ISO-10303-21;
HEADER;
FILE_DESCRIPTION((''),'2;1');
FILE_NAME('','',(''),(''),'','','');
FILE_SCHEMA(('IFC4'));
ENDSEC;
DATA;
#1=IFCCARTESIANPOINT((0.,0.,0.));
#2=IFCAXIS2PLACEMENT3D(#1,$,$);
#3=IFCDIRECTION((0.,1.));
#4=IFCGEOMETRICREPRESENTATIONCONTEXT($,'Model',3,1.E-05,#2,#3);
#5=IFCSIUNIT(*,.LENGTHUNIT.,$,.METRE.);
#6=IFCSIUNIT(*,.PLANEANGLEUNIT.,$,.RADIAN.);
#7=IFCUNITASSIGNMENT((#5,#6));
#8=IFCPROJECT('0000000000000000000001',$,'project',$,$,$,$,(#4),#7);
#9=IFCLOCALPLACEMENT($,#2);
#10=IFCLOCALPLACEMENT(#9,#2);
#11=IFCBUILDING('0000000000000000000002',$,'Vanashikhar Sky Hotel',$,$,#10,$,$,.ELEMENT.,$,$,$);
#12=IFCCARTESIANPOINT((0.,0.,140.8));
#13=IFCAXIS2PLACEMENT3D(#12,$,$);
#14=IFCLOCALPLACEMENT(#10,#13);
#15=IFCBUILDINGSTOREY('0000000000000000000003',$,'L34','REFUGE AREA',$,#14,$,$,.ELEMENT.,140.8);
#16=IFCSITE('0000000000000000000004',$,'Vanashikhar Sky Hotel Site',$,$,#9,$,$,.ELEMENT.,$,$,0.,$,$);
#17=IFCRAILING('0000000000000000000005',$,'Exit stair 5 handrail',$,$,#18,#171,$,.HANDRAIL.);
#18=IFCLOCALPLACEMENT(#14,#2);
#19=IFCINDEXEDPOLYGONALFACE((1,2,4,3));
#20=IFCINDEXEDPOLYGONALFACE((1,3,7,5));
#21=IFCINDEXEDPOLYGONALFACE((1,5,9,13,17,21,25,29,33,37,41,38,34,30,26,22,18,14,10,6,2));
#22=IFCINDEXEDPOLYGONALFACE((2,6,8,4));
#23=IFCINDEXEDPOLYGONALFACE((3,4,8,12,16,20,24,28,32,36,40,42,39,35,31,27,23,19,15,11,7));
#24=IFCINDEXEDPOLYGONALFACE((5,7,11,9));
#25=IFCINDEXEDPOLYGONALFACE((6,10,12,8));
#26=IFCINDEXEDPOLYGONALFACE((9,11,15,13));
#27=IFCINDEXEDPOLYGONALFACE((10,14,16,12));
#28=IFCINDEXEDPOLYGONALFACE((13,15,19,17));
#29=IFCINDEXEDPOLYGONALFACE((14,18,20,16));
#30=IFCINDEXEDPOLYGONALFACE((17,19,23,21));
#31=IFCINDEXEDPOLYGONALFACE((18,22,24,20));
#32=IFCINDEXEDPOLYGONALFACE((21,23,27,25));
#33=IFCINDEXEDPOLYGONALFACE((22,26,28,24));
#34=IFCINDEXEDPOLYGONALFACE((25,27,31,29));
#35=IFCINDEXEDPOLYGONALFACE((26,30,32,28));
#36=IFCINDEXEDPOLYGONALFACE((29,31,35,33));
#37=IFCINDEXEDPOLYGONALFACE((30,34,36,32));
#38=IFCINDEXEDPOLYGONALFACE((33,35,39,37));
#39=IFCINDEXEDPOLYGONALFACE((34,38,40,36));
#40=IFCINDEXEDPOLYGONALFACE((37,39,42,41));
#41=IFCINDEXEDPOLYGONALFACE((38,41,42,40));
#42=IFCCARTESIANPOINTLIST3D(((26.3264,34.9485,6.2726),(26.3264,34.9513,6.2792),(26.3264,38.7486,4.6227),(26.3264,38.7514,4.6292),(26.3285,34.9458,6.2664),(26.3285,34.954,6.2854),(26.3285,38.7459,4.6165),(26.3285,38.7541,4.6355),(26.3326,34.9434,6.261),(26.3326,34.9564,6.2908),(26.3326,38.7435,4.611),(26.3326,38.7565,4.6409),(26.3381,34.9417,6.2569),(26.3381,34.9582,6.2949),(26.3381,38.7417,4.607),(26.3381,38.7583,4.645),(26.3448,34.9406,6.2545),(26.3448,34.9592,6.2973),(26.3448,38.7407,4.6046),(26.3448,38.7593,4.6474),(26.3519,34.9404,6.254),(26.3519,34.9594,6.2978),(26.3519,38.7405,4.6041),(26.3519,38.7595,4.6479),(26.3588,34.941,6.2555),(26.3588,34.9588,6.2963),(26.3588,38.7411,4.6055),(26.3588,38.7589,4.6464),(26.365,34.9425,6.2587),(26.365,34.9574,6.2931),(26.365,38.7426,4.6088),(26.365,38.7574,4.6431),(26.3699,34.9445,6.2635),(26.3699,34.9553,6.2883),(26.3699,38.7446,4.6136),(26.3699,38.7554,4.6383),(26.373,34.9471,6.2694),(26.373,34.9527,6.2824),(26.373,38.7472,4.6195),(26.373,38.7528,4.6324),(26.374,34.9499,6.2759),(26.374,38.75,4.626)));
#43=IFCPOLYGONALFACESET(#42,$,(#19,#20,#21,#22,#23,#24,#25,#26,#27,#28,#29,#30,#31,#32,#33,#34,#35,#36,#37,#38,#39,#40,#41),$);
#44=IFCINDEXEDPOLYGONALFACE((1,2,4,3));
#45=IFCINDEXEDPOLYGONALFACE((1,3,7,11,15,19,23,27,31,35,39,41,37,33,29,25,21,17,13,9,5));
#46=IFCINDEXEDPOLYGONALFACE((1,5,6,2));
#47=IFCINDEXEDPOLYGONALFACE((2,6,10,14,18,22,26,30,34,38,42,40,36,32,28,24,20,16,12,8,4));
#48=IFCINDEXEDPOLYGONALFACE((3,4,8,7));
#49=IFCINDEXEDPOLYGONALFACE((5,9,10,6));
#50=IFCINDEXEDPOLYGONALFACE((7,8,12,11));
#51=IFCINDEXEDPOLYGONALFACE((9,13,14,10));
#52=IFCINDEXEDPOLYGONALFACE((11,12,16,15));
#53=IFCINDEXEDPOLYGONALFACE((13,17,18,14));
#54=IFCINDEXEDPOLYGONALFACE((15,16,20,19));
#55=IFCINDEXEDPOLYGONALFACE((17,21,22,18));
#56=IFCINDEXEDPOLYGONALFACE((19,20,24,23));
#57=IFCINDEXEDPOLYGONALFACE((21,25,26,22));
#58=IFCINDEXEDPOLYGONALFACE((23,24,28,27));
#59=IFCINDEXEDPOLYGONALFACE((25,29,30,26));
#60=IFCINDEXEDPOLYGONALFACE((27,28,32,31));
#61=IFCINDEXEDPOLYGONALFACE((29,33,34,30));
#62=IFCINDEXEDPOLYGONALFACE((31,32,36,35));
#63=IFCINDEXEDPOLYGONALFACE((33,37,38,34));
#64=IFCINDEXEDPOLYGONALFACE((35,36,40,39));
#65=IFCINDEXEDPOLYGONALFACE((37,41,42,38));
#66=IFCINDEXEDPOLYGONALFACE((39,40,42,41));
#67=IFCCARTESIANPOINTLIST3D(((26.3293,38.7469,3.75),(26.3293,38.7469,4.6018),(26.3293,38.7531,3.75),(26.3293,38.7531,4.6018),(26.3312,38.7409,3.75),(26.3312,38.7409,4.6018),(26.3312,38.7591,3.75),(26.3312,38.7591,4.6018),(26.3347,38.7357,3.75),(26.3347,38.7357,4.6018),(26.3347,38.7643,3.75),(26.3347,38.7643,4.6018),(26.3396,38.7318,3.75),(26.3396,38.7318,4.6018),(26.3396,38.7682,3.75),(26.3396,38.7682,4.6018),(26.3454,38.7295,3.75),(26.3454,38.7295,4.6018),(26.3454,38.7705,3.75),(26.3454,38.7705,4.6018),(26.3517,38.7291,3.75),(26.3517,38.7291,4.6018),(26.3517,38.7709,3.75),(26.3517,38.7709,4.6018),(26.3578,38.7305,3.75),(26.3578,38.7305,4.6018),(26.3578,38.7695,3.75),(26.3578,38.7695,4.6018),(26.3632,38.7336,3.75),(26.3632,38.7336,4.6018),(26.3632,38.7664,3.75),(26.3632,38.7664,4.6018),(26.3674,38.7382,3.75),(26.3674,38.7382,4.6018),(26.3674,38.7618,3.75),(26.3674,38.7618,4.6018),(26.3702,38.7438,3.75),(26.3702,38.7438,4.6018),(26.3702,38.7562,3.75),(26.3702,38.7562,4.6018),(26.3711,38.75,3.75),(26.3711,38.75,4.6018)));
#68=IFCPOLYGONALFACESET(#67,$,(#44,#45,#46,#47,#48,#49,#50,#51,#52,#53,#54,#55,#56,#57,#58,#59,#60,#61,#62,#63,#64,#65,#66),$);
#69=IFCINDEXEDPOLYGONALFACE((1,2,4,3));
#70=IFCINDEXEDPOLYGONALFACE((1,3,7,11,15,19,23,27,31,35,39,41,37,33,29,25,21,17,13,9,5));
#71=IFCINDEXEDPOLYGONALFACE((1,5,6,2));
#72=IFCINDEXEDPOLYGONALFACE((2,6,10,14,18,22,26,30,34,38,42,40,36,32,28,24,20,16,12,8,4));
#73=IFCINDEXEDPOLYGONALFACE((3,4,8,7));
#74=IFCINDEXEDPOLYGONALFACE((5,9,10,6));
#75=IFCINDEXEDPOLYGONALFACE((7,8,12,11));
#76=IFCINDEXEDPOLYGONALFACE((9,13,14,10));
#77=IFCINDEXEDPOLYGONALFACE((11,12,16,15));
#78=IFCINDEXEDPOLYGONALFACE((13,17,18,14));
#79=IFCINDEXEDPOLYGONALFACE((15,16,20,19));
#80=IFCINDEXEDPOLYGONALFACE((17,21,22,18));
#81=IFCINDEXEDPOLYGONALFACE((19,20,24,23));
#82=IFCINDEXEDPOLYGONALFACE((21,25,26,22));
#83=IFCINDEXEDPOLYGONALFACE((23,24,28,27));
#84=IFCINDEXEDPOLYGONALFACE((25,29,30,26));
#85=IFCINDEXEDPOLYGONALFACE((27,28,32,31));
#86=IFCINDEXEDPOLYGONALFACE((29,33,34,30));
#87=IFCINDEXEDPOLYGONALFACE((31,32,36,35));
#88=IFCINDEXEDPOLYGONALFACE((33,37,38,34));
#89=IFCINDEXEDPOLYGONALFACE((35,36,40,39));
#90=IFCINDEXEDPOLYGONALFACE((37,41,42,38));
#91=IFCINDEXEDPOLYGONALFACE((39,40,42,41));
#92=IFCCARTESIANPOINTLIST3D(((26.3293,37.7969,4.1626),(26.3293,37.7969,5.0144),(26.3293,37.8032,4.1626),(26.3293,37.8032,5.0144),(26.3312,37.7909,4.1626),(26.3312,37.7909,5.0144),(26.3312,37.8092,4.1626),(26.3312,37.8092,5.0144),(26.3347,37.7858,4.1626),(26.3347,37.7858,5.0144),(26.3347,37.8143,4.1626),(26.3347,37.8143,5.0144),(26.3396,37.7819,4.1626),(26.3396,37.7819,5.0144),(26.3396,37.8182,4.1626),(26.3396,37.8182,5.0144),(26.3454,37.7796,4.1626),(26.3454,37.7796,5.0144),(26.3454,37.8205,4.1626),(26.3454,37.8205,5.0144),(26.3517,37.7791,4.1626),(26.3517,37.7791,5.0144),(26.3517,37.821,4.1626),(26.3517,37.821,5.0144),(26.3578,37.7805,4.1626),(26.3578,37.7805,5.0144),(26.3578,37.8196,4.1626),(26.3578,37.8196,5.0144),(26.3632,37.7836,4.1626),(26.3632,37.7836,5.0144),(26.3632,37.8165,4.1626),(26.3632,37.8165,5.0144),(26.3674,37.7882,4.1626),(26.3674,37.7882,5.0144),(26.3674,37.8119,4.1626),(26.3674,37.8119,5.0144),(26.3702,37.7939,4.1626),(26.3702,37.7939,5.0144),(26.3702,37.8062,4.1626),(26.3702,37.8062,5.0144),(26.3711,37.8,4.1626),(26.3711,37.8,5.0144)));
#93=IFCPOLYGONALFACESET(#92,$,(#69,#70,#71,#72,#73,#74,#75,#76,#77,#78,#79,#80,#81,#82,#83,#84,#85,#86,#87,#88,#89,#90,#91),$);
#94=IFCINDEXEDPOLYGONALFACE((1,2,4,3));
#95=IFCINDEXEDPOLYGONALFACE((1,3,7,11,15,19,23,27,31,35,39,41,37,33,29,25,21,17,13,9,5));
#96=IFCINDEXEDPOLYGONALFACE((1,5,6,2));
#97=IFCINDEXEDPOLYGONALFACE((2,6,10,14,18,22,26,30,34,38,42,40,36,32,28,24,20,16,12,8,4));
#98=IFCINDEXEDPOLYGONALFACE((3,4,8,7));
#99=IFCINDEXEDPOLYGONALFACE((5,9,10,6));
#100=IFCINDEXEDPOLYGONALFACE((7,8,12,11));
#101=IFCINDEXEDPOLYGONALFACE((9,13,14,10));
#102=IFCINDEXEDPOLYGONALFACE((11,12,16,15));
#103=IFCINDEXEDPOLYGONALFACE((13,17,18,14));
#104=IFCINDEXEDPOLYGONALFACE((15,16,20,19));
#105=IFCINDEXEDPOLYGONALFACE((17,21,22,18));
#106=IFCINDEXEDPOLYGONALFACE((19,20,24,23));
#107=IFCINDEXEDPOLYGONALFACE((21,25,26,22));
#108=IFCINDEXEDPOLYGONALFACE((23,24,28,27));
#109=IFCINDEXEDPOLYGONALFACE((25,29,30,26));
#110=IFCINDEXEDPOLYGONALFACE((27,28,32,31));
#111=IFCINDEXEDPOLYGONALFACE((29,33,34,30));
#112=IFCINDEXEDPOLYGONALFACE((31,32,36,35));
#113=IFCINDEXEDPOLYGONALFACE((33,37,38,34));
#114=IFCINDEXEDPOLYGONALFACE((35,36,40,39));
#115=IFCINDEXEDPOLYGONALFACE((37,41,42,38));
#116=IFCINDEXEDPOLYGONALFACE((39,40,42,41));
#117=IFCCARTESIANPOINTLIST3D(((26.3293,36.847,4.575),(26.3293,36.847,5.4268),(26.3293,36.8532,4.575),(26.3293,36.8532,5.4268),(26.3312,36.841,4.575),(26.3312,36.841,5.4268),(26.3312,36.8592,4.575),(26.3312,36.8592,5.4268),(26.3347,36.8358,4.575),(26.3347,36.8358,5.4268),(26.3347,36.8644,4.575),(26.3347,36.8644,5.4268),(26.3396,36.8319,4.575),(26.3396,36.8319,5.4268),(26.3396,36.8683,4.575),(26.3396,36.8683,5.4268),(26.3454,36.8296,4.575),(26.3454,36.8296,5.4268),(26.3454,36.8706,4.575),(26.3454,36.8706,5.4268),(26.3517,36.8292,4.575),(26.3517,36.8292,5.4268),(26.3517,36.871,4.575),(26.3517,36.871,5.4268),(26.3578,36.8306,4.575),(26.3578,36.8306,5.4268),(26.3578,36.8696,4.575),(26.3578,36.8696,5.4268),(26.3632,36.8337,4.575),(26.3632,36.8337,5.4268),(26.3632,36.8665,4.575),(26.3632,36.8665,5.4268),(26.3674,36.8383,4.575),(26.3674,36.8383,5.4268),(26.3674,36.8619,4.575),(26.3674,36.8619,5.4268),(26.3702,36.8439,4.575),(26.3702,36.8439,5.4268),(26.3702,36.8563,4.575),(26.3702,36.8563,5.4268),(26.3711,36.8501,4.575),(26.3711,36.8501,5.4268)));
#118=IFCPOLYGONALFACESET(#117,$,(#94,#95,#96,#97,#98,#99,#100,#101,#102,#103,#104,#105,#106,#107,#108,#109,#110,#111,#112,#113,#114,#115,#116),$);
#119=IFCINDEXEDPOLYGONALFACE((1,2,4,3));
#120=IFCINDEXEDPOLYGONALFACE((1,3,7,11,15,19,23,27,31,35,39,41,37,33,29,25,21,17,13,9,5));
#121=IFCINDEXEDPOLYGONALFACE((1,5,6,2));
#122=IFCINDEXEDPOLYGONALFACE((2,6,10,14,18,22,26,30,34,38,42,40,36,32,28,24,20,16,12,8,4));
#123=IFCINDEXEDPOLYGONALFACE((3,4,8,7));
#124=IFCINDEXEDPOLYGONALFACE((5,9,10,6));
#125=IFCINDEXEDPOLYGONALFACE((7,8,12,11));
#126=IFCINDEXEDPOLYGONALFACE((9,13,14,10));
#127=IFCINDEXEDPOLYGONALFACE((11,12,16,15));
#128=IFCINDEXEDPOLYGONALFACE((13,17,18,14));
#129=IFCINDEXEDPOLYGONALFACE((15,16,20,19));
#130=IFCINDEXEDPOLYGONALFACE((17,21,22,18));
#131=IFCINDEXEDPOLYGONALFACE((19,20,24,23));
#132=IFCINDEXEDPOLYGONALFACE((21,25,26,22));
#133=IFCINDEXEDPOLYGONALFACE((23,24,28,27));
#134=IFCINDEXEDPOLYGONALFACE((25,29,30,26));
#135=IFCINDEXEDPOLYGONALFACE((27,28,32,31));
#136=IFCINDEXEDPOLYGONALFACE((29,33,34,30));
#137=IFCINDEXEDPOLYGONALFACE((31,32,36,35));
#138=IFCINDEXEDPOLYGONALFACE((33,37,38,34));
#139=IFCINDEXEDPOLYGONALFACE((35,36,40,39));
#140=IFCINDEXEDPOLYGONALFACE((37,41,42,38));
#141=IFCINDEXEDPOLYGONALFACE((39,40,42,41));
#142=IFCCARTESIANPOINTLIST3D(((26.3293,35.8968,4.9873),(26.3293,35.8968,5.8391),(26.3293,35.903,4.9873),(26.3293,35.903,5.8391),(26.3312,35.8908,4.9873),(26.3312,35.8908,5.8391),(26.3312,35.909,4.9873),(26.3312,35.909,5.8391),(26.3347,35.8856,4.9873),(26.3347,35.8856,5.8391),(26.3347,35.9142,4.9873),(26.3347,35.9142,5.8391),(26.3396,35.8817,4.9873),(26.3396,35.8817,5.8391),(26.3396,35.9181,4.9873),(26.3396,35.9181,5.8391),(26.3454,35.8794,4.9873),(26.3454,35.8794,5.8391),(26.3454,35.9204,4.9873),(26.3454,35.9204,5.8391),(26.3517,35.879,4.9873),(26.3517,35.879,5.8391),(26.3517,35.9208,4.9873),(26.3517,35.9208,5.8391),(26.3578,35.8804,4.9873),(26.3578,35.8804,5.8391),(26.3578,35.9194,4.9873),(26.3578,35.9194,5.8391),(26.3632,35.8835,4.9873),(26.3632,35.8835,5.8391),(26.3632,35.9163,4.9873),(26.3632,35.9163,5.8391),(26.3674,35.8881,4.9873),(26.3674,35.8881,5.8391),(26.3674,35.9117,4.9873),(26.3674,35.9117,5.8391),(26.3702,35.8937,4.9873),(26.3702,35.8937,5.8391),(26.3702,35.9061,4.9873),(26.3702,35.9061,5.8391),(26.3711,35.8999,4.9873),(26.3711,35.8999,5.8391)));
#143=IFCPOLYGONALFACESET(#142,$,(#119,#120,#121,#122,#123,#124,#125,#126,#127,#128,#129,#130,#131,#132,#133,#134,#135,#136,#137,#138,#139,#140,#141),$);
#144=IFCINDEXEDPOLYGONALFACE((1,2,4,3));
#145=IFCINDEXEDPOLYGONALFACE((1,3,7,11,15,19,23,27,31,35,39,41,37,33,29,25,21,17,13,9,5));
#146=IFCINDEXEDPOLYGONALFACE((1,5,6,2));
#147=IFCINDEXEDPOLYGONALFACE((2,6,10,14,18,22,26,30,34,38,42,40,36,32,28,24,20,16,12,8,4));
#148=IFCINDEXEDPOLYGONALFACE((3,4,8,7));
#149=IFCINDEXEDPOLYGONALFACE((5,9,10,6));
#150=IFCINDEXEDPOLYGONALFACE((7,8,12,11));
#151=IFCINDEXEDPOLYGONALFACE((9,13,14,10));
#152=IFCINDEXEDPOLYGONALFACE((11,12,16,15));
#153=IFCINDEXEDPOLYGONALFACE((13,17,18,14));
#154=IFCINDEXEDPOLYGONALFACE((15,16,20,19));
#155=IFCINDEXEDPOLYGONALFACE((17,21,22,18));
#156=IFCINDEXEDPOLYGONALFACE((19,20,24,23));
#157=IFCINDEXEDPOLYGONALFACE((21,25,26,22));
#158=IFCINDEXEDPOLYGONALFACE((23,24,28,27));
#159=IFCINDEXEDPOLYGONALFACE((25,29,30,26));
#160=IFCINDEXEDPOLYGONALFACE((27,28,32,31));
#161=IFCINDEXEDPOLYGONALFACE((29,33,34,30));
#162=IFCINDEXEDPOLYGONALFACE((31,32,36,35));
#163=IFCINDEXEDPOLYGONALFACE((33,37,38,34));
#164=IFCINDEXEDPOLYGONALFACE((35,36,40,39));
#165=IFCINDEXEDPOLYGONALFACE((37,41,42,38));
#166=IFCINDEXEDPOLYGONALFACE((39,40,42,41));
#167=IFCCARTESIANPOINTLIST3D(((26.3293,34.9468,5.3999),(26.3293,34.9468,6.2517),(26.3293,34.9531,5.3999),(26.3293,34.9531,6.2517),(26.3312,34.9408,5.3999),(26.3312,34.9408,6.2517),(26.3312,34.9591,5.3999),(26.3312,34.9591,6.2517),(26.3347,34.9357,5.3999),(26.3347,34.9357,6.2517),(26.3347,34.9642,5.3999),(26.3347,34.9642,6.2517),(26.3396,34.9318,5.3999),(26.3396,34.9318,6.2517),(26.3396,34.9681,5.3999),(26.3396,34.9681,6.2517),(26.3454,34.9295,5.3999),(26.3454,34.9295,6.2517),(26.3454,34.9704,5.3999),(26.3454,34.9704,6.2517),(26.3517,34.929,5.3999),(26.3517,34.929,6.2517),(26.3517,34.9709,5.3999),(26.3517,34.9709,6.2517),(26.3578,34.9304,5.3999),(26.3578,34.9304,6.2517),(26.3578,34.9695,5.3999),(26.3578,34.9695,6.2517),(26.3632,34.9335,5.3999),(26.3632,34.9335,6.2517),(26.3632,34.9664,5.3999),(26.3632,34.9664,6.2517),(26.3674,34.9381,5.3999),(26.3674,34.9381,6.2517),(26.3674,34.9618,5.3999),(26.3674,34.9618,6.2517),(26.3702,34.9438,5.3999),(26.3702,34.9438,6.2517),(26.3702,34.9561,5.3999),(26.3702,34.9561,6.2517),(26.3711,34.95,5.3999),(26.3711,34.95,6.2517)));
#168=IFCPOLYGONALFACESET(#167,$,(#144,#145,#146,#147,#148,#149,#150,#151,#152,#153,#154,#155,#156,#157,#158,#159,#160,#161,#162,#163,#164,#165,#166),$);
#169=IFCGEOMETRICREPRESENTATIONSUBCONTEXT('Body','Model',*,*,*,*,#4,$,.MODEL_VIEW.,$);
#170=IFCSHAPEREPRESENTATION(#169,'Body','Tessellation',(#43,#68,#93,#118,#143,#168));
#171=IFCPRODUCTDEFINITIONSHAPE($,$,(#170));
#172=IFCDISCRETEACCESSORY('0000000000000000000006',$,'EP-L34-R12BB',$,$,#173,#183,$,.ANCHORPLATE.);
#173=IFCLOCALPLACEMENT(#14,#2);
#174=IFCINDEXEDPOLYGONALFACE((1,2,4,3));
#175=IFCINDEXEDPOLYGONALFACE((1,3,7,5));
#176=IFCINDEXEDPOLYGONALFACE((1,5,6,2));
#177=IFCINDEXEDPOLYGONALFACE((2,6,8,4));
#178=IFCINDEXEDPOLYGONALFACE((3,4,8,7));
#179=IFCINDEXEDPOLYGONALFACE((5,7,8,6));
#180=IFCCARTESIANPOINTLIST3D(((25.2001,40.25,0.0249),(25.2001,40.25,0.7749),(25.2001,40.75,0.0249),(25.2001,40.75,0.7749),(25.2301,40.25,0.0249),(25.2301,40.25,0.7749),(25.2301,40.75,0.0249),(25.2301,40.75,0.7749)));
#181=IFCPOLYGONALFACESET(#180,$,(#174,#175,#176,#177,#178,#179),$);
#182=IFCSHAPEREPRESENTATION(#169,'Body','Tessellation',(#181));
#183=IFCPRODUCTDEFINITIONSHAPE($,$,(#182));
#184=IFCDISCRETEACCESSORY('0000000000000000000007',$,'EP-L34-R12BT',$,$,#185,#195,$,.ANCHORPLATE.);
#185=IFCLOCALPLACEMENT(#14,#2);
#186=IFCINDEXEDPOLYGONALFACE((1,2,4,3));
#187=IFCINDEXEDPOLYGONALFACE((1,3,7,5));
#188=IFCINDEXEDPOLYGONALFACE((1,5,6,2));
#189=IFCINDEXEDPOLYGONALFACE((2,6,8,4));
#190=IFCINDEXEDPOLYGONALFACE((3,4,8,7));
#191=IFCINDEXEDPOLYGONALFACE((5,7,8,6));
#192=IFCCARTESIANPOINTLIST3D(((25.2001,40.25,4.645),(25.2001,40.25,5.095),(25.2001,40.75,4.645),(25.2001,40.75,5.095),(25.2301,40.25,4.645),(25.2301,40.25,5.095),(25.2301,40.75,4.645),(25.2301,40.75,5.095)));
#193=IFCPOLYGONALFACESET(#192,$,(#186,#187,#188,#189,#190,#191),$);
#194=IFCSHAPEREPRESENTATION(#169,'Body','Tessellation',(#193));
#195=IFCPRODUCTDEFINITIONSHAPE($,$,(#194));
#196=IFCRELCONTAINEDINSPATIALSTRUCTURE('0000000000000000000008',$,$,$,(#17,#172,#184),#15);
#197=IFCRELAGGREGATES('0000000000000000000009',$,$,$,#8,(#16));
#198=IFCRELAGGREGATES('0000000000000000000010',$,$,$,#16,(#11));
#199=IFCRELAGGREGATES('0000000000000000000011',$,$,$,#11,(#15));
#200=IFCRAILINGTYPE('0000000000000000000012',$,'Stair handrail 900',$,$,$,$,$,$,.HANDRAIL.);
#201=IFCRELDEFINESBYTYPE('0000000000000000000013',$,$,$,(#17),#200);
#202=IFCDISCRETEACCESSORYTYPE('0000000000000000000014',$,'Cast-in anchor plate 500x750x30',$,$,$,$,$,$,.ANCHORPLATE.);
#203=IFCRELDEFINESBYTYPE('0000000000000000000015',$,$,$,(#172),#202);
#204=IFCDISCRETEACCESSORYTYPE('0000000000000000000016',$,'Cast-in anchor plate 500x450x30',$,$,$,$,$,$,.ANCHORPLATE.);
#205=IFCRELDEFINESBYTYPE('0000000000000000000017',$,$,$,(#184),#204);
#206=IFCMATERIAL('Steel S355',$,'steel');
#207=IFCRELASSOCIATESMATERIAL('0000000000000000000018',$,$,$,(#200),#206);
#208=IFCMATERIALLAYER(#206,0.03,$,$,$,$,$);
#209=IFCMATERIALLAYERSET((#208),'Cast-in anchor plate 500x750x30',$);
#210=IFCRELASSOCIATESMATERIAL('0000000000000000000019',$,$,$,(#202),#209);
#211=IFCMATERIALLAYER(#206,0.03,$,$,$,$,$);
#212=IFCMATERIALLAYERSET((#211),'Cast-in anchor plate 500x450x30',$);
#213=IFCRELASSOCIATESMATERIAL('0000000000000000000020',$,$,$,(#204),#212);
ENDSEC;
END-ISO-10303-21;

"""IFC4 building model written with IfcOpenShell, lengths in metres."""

from ifc_helpers import new_model, si_unit, direction, frame, origin, origin_2d, place, context, subcontext, project, spatial, rectangle, circle, extrude, source, transform, mapped, material, layer, layer_set, type_object, element, save


model = new_model("IFC4")

# Units and contexts
model_context = context("Model", 3, precision=1e-05, world=origin(), true_north=direction((0.0, 1.0)))
body_context = subcontext(model_context, "Body", "Model", "MODEL_VIEW")
ifc_project = project(units=[si_unit("LENGTHUNIT", "METRE"), si_unit("PLANEANGLEUNIT", "RADIAN")], contexts=[model_context])

# Site, building, storey
site_placement = place(None, origin())
site = spatial("IfcSite", under=ifc_project, at=site_placement, Name="Vanashikhar Sky Hotel Site", CompositionType="ELEMENT", RefElevation=0.0)
building_placement = place(site_placement, origin())
building = spatial("IfcBuilding", under=site, at=building_placement, Name="Vanashikhar Sky Hotel", CompositionType="ELEMENT")
storey_placement = place(building_placement, frame((0.0, 0.0, 140.8)))
storey = spatial("IfcBuildingStorey", under=building, at=storey_placement, Name="L34", Description="REFUGE AREA", CompositionType="ELEMENT", Elevation=140.8)

# Shared definitions
ifc_material_1 = material(Name="Steel S355", Category="steel")

# Railing
railing_type = type_object("IfcRailingType", Name="Stair handrail 900", PredefinedType="HANDRAIL", material=ifc_material_1)
shared_shape_1 = source(origin(), body_context, "Body", "SweptSolid", [
    extrude(circle(Radius=0.0239, at=origin_2d()), frame((0.0, 0.0, 0.876), z_axis=(0.0, -0.917272, 0.398261), x_axis=(1.0, 0.0, 0.0)), (0.0, 0.0, 1.0), 4.1428),
    extrude(circle(Radius=0.021, at=origin_2d()), origin(), (0.0, 0.0, 1.0), 0.8518),
    extrude(circle(Radius=0.021, at=origin_2d()), frame((0.0, -0.95, 0.4126)), (0.0, 0.0, 1.0), 0.8518),
    extrude(circle(Radius=0.021, at=origin_2d()), frame((0.0, -1.8999, 0.825)), (0.0, 0.0, 1.0), 0.8518),
    extrude(circle(Radius=0.021, at=origin_2d()), frame((0.0, -2.8501, 1.2373)), (0.0, 0.0, 1.0), 0.8518),
    extrude(circle(Radius=0.021, at=origin_2d()), frame((0.0, -3.8, 1.6499)), (0.0, 0.0, 1.0), 0.8518),
])
railing_1_placement = place(storey_placement, frame((26.3501, 38.75, 3.75)))
element("IfcRailing", 1, at=railing_1_placement, inside=storey, type_object=railing_type, Name="Exit stair 5 handrail", PredefinedType="HANDRAIL", context=body_context, shape_type="MappedRepresentation", body=[
    mapped(shared_shape_1, transform((0.0, 0.0, 0.0), scale=1.0)),
])

# Discrete accessories
ifc_layer_1 = layer(ifc_material_1, 0.03)
ifc_layer_set_1 = layer_set([ifc_layer_1], Name="Cast-in anchor plate 500x750x30")
discrete_accessory_type_1 = type_object("IfcDiscreteAccessoryType", Name="Cast-in anchor plate 500x750x30", PredefinedType="ANCHORPLATE", material=ifc_layer_set_1)
shared_shape_2 = source(origin(), body_context, "Body", "SweptSolid", [
    extrude(rectangle(XDim=0.03, YDim=0.5, at=origin_2d()), origin(), (0.0, 0.0, 1.0), 0.75),
])
discrete_accessory_1_placement = place(storey_placement, frame((25.2151, 40.5, 0.0249), z_axis=(0.0, 0.0, 1.0), x_axis=(1.0, 0.0, 0.0)))
element("IfcDiscreteAccessory", 2, at=discrete_accessory_1_placement, inside=storey, type_object=discrete_accessory_type_1, Name="EP-L34-R12BB", PredefinedType="ANCHORPLATE", context=body_context, shape_type="MappedRepresentation", body=[
    mapped(shared_shape_2, transform((0.0, 0.0, 0.0), scale=1.0)),
])
ifc_layer_2 = layer(ifc_material_1, 0.03)
ifc_layer_set_2 = layer_set([ifc_layer_2], Name="Cast-in anchor plate 500x450x30")
discrete_accessory_type_2 = type_object("IfcDiscreteAccessoryType", Name="Cast-in anchor plate 500x450x30", PredefinedType="ANCHORPLATE", material=ifc_layer_set_2)
shared_shape_3 = source(origin(), body_context, "Body", "SweptSolid", [
    extrude(rectangle(XDim=0.03, YDim=0.5, at=origin_2d()), origin(), (0.0, 0.0, 1.0), 0.45),
])
discrete_accessory_2_placement = place(storey_placement, frame((25.2151, 40.5, 4.645), z_axis=(0.0, 0.0, 1.0), x_axis=(1.0, 0.0, 0.0)))
element("IfcDiscreteAccessory", 3, at=discrete_accessory_2_placement, inside=storey, type_object=discrete_accessory_type_2, Name="EP-L34-R12BT", PredefinedType="ANCHORPLATE", context=body_context, shape_type="MappedRepresentation", body=[
    mapped(shared_shape_3, transform((0.0, 0.0, 0.0), scale=1.0)),
])

save(model, "model.ifc")
